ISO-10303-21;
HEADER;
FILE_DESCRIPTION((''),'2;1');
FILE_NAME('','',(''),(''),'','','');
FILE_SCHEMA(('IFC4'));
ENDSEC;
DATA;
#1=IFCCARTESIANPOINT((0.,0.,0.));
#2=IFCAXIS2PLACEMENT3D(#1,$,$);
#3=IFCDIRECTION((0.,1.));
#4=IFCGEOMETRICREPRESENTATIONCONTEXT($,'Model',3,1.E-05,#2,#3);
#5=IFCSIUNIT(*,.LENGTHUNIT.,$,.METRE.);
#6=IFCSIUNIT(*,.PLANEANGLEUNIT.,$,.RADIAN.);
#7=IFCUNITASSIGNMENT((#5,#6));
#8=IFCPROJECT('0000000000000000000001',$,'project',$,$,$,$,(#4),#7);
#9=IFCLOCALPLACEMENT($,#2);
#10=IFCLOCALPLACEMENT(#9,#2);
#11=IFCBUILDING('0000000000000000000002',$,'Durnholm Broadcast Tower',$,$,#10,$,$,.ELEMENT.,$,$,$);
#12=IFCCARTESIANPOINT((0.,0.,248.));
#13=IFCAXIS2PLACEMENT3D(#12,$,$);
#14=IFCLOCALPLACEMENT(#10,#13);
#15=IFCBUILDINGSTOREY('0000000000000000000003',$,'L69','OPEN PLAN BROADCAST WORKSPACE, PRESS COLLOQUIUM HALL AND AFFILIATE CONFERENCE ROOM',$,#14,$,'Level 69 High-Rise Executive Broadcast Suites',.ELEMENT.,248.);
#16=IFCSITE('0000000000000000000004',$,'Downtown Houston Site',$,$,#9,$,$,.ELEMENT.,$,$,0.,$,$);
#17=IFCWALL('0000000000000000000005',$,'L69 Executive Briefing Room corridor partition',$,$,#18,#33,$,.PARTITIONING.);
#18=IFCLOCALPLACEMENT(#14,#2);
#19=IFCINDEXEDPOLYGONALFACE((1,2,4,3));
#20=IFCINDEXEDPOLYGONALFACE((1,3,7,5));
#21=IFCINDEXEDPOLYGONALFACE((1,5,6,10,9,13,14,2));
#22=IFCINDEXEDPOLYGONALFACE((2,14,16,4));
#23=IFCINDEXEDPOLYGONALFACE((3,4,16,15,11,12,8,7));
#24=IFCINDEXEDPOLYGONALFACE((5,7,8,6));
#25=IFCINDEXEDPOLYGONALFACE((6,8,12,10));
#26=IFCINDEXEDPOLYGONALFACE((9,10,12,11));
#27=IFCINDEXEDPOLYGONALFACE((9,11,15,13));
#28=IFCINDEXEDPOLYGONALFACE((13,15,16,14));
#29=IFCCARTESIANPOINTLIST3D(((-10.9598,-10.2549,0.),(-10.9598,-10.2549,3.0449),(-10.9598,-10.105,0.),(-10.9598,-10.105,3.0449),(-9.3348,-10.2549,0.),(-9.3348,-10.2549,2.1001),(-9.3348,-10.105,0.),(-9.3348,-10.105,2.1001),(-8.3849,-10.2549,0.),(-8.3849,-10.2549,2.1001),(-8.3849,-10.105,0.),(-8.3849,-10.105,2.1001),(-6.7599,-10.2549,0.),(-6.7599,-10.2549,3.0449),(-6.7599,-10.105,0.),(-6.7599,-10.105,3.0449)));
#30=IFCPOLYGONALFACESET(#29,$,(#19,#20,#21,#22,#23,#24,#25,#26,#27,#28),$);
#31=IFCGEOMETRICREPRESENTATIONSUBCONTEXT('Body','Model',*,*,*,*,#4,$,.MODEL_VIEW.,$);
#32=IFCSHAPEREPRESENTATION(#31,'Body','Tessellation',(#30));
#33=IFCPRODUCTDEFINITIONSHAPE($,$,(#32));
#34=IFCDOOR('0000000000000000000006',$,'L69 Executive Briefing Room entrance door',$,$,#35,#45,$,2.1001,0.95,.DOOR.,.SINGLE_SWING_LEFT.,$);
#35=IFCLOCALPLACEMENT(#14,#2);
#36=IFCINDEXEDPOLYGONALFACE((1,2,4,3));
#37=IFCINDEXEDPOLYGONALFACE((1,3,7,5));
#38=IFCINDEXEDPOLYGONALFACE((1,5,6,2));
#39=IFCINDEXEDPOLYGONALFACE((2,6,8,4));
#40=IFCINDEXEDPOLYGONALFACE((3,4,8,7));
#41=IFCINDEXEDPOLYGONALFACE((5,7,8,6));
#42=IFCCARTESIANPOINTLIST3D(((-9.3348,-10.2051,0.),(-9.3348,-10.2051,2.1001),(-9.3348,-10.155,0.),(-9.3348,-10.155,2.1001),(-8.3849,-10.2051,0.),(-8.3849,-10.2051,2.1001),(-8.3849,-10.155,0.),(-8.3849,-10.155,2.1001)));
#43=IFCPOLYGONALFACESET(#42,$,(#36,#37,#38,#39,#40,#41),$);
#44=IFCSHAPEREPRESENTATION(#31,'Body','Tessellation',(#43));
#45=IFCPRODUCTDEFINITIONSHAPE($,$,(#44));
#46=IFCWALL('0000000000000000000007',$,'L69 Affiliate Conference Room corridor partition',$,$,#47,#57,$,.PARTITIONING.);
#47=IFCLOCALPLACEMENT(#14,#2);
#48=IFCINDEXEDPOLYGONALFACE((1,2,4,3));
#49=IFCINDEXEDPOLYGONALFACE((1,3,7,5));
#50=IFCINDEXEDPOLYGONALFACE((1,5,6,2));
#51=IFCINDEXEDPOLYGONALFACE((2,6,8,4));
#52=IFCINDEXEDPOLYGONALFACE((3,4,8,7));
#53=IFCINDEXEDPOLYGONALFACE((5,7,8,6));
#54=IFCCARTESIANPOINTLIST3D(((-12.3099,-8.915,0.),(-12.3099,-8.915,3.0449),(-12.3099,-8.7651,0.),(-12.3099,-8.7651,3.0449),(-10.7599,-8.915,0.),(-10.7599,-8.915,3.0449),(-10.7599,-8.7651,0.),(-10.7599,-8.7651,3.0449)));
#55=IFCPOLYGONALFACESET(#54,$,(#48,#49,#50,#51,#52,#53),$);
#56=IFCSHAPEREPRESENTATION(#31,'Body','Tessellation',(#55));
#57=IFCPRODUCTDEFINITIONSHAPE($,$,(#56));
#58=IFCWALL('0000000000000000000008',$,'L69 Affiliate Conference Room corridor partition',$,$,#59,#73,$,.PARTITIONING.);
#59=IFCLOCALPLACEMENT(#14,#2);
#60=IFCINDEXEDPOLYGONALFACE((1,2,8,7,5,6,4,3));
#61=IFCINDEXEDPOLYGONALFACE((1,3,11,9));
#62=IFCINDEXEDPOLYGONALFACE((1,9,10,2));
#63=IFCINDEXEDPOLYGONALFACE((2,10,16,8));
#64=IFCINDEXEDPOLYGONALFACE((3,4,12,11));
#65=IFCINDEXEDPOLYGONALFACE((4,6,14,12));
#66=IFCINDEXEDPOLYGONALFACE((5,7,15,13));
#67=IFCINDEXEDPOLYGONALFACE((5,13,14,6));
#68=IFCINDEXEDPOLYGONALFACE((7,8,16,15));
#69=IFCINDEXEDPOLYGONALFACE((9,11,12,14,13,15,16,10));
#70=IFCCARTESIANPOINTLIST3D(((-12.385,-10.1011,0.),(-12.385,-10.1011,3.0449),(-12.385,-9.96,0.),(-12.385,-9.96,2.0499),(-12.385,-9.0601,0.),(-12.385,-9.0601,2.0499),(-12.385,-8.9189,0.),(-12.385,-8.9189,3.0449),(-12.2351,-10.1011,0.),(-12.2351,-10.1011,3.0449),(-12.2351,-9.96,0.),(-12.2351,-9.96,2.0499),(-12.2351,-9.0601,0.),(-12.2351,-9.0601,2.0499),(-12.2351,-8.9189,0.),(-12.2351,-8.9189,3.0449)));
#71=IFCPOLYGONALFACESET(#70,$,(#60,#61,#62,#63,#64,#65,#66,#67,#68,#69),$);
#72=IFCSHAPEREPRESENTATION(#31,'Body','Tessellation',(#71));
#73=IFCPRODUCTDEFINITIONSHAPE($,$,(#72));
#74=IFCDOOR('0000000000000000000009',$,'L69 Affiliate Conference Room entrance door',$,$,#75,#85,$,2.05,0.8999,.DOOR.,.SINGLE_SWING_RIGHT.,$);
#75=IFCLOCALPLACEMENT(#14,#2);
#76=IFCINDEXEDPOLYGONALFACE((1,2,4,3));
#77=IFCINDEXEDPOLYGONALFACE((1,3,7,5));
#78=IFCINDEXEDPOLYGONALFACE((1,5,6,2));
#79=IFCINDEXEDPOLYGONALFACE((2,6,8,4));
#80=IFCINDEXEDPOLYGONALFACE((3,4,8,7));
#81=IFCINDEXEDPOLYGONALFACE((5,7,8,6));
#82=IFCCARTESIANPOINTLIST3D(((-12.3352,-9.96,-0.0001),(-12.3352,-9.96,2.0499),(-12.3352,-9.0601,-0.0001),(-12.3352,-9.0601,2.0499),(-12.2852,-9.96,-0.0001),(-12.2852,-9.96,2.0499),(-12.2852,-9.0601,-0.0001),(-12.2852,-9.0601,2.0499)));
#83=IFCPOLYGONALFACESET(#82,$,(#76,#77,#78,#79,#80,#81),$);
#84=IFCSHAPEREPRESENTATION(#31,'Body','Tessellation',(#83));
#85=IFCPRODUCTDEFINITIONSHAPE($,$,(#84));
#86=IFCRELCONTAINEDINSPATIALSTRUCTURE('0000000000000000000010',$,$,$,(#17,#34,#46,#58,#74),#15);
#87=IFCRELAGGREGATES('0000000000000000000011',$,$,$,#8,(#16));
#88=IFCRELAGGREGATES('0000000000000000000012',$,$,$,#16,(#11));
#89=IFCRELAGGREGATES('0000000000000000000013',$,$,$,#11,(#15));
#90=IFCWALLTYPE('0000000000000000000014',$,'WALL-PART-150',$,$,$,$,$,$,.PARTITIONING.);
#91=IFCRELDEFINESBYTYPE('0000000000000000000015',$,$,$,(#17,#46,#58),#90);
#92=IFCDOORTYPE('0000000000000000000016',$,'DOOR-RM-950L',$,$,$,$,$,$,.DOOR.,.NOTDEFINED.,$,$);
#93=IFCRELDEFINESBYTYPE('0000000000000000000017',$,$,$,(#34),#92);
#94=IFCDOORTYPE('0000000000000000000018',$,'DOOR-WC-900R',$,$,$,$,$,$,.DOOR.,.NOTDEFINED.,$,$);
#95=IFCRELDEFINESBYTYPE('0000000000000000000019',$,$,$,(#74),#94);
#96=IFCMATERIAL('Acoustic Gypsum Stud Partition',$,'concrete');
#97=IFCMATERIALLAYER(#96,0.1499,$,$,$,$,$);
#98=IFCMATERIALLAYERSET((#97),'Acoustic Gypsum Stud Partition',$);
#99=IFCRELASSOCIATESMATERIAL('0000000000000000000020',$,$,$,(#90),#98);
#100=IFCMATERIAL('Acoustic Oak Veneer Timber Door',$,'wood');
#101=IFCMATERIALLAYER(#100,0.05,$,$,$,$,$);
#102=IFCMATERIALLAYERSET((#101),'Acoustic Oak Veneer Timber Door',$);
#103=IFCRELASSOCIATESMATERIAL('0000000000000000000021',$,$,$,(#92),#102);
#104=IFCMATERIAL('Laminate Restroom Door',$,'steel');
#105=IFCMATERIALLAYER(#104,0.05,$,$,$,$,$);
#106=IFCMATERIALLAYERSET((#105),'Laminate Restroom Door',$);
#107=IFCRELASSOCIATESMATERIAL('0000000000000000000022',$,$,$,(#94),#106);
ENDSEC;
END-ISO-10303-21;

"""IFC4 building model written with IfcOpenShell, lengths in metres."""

from ifc_helpers import new_model, si_unit, direction, frame, frame_2d, origin, place, context, subcontext, project, spatial, rectangle, extrude, source, transform, mapped, material, layer, layer_set, type_object, type_shapes, element, fill, save


model = new_model("IFC4")

# Units and contexts
model_context = context("Model", 3, precision=1e-05, world=origin(), true_north=direction((0.0, 1.0)))
body_context = subcontext(model_context, "Body", "Model", "MODEL_VIEW")
ifc_project = project(units=[si_unit("LENGTHUNIT", "METRE"), si_unit("PLANEANGLEUNIT", "RADIAN")], contexts=[model_context])

# Site, building, storey
site_placement = place(None, origin())
site = spatial("IfcSite", under=ifc_project, at=site_placement, Name="Downtown Houston Site", CompositionType="ELEMENT", RefElevation=0.0)
building_placement = place(site_placement, origin())
building = spatial("IfcBuilding", under=site, at=building_placement, Name="Durnholm Broadcast Tower", CompositionType="ELEMENT")
storey_placement = place(building_placement, frame((0.0, 0.0, 248.0)))
storey = spatial("IfcBuildingStorey", under=building, at=storey_placement, Name="L69", Description="OPEN PLAN BROADCAST WORKSPACE, PRESS COLLOQUIUM HALL AND AFFILIATE CONFERENCE ROOM", LongName="Level 69 High-Rise Executive Broadcast Suites", CompositionType="ELEMENT", Elevation=248.0)

# Wall, opening, door
ifc_material_1 = material(Name="Laminate Restroom Door", Category="steel")
ifc_material_2 = material(Name="Acoustic Gypsum Stud Partition", Category="concrete")
ifc_layer_1 = layer(ifc_material_2, 0.1499)
ifc_layer_set_1 = layer_set([ifc_layer_1], Name="Acoustic Gypsum Stud Partition")
wall_type_1 = type_object("IfcWallType", Name="WALL-PART-150", PredefinedType="PARTITIONING", material=ifc_layer_set_1)
wall_1_placement = place(storey_placement, frame((-10.96, -10.1799, 0.0), z_axis=(0.0, 0.0, 1.0), x_axis=(1.0, 0.0, 0.0)))
wall_1 = element("IfcWall", 1, at=wall_1_placement, inside=storey, type_object=wall_type_1, Name="L69 Executive Briefing Room corridor partition", PredefinedType="PARTITIONING", context=body_context, shape_type="SweptSolid", body=[
    extrude(rectangle(XDim=4.2, YDim=0.1499, at=frame_2d((2.1001, 0.0))), origin(), (0.0, 0.0, 1.0), 3.0449),
])
opening_1_placement = place(wall_1_placement, frame((1.625, 0.0, 0.0)))
opening_1 = element("IfcOpeningElement", 2, at=opening_1_placement, cuts=wall_1, PredefinedType="OPENING", context=body_context, shape_type="SweptSolid", body=[
    extrude(rectangle(XDim=0.95, YDim=2.1001, at=frame_2d((0.4751, 1.05))), frame((0.0, 0.085, 0.0), z_axis=(0.0, -1.0, 0.0), x_axis=(1.0, 0.0, 0.0)), (0.0, 0.0, 1.0), 0.1699),
])
ifc_material_3 = material(Name="Acoustic Oak Veneer Timber Door", Category="wood")
ifc_layer_2 = layer(ifc_material_3, 0.05)
ifc_layer_set_2 = layer_set([ifc_layer_2], Name="Acoustic Oak Veneer Timber Door")
door_type_1 = type_object("IfcDoorType", Name="DOOR-RM-950L", OperationType="NOTDEFINED", PredefinedType="DOOR", material=ifc_layer_set_2)
shared_shape_1 = source(origin(), body_context, "Body", "SweptSolid", [
    extrude(rectangle(XDim=0.95, YDim=2.1001, at=frame_2d((0.4751, 1.05))), frame((0.0, 0.0249, 0.0), z_axis=(0.0, -1.0, 0.0), x_axis=(1.0, 0.0, 0.0)), (0.0, 0.0, 1.0), 0.05),
])
type_shapes(door_type_1, [shared_shape_1])
door_1_placement = place(opening_1_placement, origin())
door_1 = element("IfcDoor", 3, at=door_1_placement, inside=storey, type_object=door_type_1, Name="L69 Executive Briefing Room entrance door", OperationType="SINGLE_SWING_LEFT", OverallHeight=2.1001, OverallWidth=0.95, PredefinedType="DOOR", context=body_context, shape_type="MappedRepresentation", body=[
    mapped(shared_shape_1, transform((0.0, 0.0, 0.0), x_axis=(1.0, 0.0, 0.0), y_axis=(0.0, 1.0, 0.0), z_axis=(0.0, 0.0, 1.0), scale=1.0)),
])
fill(opening_1, door_1)

# Wall
wall_2_placement = place(storey_placement, frame((-10.76, -8.8401, 0.0), z_axis=(0.0, 0.0, 1.0), x_axis=(-1.0, 0.0, 0.0)))
element("IfcWall", 4, at=wall_2_placement, inside=storey, type_object=wall_type_1, Name="L69 Affiliate Conference Room corridor partition", PredefinedType="PARTITIONING", context=body_context, shape_type="SweptSolid", body=[
    extrude(rectangle(XDim=1.55, YDim=0.1499, at=frame_2d((0.7749, 0.0))), origin(), (0.0, 0.0, 1.0), 3.0449),
])

# Wall, opening, door
wall_3_placement = place(storey_placement, frame((-12.3101, -8.9189, 0.0), z_axis=(0.0, 0.0, 1.0), x_axis=(0.0, -1.0, 0.0)))
wall_3 = element("IfcWall", 5, at=wall_3_placement, inside=storey, type_object=wall_type_1, Name="L69 Affiliate Conference Room corridor partition", PredefinedType="PARTITIONING", context=body_context, shape_type="SweptSolid", body=[
    extrude(rectangle(XDim=1.1821, YDim=0.1499, at=frame_2d((0.5911, 0.0))), origin(), (0.0, 0.0, 1.0), 3.0449),
])
opening_2_placement = place(wall_3_placement, frame((0.1411, 0.0, 0.0)))
opening_2 = element("IfcOpeningElement", 6, at=opening_2_placement, cuts=wall_3, PredefinedType="OPENING", context=body_context, shape_type="SweptSolid", body=[
    extrude(rectangle(XDim=0.8999, YDim=2.05, at=frame_2d((0.45, 1.0249))), frame((0.0, 0.085, 0.0), z_axis=(0.0, -1.0, 0.0), x_axis=(1.0, 0.0, 0.0)), (0.0, 0.0, 1.0), 0.1699),
])
ifc_layer_3 = layer(ifc_material_1, 0.05)
ifc_layer_set_3 = layer_set([ifc_layer_3], Name="Laminate Restroom Door")
door_type_2 = type_object("IfcDoorType", Name="DOOR-WC-900R", OperationType="NOTDEFINED", PredefinedType="DOOR", material=ifc_layer_set_3)
shared_shape_2 = source(origin(), body_context, "Body", "SweptSolid", [
    extrude(rectangle(XDim=0.8999, YDim=2.05, at=frame_2d((0.45, 1.0249))), frame((0.0, 0.0249, 0.0), z_axis=(0.0, -1.0, 0.0), x_axis=(1.0, 0.0, 0.0)), (0.0, 0.0, 1.0), 0.05),
])
type_shapes(door_type_2, [shared_shape_2])
door_2_placement = place(opening_2_placement, origin())
door_2 = element("IfcDoor", 7, at=door_2_placement, inside=storey, type_object=door_type_2, Name="L69 Affiliate Conference Room entrance door", OperationType="SINGLE_SWING_RIGHT", OverallHeight=2.05, OverallWidth=0.8999, PredefinedType="DOOR", context=body_context, shape_type="MappedRepresentation", body=[
    mapped(shared_shape_2, transform((0.0, 0.0, 0.0), x_axis=(1.0, 0.0, 0.0), y_axis=(0.0, 1.0, 0.0), z_axis=(0.0, 0.0, 1.0), scale=1.0)),
])
fill(opening_2, door_2)

save(model, "model.ifc")
